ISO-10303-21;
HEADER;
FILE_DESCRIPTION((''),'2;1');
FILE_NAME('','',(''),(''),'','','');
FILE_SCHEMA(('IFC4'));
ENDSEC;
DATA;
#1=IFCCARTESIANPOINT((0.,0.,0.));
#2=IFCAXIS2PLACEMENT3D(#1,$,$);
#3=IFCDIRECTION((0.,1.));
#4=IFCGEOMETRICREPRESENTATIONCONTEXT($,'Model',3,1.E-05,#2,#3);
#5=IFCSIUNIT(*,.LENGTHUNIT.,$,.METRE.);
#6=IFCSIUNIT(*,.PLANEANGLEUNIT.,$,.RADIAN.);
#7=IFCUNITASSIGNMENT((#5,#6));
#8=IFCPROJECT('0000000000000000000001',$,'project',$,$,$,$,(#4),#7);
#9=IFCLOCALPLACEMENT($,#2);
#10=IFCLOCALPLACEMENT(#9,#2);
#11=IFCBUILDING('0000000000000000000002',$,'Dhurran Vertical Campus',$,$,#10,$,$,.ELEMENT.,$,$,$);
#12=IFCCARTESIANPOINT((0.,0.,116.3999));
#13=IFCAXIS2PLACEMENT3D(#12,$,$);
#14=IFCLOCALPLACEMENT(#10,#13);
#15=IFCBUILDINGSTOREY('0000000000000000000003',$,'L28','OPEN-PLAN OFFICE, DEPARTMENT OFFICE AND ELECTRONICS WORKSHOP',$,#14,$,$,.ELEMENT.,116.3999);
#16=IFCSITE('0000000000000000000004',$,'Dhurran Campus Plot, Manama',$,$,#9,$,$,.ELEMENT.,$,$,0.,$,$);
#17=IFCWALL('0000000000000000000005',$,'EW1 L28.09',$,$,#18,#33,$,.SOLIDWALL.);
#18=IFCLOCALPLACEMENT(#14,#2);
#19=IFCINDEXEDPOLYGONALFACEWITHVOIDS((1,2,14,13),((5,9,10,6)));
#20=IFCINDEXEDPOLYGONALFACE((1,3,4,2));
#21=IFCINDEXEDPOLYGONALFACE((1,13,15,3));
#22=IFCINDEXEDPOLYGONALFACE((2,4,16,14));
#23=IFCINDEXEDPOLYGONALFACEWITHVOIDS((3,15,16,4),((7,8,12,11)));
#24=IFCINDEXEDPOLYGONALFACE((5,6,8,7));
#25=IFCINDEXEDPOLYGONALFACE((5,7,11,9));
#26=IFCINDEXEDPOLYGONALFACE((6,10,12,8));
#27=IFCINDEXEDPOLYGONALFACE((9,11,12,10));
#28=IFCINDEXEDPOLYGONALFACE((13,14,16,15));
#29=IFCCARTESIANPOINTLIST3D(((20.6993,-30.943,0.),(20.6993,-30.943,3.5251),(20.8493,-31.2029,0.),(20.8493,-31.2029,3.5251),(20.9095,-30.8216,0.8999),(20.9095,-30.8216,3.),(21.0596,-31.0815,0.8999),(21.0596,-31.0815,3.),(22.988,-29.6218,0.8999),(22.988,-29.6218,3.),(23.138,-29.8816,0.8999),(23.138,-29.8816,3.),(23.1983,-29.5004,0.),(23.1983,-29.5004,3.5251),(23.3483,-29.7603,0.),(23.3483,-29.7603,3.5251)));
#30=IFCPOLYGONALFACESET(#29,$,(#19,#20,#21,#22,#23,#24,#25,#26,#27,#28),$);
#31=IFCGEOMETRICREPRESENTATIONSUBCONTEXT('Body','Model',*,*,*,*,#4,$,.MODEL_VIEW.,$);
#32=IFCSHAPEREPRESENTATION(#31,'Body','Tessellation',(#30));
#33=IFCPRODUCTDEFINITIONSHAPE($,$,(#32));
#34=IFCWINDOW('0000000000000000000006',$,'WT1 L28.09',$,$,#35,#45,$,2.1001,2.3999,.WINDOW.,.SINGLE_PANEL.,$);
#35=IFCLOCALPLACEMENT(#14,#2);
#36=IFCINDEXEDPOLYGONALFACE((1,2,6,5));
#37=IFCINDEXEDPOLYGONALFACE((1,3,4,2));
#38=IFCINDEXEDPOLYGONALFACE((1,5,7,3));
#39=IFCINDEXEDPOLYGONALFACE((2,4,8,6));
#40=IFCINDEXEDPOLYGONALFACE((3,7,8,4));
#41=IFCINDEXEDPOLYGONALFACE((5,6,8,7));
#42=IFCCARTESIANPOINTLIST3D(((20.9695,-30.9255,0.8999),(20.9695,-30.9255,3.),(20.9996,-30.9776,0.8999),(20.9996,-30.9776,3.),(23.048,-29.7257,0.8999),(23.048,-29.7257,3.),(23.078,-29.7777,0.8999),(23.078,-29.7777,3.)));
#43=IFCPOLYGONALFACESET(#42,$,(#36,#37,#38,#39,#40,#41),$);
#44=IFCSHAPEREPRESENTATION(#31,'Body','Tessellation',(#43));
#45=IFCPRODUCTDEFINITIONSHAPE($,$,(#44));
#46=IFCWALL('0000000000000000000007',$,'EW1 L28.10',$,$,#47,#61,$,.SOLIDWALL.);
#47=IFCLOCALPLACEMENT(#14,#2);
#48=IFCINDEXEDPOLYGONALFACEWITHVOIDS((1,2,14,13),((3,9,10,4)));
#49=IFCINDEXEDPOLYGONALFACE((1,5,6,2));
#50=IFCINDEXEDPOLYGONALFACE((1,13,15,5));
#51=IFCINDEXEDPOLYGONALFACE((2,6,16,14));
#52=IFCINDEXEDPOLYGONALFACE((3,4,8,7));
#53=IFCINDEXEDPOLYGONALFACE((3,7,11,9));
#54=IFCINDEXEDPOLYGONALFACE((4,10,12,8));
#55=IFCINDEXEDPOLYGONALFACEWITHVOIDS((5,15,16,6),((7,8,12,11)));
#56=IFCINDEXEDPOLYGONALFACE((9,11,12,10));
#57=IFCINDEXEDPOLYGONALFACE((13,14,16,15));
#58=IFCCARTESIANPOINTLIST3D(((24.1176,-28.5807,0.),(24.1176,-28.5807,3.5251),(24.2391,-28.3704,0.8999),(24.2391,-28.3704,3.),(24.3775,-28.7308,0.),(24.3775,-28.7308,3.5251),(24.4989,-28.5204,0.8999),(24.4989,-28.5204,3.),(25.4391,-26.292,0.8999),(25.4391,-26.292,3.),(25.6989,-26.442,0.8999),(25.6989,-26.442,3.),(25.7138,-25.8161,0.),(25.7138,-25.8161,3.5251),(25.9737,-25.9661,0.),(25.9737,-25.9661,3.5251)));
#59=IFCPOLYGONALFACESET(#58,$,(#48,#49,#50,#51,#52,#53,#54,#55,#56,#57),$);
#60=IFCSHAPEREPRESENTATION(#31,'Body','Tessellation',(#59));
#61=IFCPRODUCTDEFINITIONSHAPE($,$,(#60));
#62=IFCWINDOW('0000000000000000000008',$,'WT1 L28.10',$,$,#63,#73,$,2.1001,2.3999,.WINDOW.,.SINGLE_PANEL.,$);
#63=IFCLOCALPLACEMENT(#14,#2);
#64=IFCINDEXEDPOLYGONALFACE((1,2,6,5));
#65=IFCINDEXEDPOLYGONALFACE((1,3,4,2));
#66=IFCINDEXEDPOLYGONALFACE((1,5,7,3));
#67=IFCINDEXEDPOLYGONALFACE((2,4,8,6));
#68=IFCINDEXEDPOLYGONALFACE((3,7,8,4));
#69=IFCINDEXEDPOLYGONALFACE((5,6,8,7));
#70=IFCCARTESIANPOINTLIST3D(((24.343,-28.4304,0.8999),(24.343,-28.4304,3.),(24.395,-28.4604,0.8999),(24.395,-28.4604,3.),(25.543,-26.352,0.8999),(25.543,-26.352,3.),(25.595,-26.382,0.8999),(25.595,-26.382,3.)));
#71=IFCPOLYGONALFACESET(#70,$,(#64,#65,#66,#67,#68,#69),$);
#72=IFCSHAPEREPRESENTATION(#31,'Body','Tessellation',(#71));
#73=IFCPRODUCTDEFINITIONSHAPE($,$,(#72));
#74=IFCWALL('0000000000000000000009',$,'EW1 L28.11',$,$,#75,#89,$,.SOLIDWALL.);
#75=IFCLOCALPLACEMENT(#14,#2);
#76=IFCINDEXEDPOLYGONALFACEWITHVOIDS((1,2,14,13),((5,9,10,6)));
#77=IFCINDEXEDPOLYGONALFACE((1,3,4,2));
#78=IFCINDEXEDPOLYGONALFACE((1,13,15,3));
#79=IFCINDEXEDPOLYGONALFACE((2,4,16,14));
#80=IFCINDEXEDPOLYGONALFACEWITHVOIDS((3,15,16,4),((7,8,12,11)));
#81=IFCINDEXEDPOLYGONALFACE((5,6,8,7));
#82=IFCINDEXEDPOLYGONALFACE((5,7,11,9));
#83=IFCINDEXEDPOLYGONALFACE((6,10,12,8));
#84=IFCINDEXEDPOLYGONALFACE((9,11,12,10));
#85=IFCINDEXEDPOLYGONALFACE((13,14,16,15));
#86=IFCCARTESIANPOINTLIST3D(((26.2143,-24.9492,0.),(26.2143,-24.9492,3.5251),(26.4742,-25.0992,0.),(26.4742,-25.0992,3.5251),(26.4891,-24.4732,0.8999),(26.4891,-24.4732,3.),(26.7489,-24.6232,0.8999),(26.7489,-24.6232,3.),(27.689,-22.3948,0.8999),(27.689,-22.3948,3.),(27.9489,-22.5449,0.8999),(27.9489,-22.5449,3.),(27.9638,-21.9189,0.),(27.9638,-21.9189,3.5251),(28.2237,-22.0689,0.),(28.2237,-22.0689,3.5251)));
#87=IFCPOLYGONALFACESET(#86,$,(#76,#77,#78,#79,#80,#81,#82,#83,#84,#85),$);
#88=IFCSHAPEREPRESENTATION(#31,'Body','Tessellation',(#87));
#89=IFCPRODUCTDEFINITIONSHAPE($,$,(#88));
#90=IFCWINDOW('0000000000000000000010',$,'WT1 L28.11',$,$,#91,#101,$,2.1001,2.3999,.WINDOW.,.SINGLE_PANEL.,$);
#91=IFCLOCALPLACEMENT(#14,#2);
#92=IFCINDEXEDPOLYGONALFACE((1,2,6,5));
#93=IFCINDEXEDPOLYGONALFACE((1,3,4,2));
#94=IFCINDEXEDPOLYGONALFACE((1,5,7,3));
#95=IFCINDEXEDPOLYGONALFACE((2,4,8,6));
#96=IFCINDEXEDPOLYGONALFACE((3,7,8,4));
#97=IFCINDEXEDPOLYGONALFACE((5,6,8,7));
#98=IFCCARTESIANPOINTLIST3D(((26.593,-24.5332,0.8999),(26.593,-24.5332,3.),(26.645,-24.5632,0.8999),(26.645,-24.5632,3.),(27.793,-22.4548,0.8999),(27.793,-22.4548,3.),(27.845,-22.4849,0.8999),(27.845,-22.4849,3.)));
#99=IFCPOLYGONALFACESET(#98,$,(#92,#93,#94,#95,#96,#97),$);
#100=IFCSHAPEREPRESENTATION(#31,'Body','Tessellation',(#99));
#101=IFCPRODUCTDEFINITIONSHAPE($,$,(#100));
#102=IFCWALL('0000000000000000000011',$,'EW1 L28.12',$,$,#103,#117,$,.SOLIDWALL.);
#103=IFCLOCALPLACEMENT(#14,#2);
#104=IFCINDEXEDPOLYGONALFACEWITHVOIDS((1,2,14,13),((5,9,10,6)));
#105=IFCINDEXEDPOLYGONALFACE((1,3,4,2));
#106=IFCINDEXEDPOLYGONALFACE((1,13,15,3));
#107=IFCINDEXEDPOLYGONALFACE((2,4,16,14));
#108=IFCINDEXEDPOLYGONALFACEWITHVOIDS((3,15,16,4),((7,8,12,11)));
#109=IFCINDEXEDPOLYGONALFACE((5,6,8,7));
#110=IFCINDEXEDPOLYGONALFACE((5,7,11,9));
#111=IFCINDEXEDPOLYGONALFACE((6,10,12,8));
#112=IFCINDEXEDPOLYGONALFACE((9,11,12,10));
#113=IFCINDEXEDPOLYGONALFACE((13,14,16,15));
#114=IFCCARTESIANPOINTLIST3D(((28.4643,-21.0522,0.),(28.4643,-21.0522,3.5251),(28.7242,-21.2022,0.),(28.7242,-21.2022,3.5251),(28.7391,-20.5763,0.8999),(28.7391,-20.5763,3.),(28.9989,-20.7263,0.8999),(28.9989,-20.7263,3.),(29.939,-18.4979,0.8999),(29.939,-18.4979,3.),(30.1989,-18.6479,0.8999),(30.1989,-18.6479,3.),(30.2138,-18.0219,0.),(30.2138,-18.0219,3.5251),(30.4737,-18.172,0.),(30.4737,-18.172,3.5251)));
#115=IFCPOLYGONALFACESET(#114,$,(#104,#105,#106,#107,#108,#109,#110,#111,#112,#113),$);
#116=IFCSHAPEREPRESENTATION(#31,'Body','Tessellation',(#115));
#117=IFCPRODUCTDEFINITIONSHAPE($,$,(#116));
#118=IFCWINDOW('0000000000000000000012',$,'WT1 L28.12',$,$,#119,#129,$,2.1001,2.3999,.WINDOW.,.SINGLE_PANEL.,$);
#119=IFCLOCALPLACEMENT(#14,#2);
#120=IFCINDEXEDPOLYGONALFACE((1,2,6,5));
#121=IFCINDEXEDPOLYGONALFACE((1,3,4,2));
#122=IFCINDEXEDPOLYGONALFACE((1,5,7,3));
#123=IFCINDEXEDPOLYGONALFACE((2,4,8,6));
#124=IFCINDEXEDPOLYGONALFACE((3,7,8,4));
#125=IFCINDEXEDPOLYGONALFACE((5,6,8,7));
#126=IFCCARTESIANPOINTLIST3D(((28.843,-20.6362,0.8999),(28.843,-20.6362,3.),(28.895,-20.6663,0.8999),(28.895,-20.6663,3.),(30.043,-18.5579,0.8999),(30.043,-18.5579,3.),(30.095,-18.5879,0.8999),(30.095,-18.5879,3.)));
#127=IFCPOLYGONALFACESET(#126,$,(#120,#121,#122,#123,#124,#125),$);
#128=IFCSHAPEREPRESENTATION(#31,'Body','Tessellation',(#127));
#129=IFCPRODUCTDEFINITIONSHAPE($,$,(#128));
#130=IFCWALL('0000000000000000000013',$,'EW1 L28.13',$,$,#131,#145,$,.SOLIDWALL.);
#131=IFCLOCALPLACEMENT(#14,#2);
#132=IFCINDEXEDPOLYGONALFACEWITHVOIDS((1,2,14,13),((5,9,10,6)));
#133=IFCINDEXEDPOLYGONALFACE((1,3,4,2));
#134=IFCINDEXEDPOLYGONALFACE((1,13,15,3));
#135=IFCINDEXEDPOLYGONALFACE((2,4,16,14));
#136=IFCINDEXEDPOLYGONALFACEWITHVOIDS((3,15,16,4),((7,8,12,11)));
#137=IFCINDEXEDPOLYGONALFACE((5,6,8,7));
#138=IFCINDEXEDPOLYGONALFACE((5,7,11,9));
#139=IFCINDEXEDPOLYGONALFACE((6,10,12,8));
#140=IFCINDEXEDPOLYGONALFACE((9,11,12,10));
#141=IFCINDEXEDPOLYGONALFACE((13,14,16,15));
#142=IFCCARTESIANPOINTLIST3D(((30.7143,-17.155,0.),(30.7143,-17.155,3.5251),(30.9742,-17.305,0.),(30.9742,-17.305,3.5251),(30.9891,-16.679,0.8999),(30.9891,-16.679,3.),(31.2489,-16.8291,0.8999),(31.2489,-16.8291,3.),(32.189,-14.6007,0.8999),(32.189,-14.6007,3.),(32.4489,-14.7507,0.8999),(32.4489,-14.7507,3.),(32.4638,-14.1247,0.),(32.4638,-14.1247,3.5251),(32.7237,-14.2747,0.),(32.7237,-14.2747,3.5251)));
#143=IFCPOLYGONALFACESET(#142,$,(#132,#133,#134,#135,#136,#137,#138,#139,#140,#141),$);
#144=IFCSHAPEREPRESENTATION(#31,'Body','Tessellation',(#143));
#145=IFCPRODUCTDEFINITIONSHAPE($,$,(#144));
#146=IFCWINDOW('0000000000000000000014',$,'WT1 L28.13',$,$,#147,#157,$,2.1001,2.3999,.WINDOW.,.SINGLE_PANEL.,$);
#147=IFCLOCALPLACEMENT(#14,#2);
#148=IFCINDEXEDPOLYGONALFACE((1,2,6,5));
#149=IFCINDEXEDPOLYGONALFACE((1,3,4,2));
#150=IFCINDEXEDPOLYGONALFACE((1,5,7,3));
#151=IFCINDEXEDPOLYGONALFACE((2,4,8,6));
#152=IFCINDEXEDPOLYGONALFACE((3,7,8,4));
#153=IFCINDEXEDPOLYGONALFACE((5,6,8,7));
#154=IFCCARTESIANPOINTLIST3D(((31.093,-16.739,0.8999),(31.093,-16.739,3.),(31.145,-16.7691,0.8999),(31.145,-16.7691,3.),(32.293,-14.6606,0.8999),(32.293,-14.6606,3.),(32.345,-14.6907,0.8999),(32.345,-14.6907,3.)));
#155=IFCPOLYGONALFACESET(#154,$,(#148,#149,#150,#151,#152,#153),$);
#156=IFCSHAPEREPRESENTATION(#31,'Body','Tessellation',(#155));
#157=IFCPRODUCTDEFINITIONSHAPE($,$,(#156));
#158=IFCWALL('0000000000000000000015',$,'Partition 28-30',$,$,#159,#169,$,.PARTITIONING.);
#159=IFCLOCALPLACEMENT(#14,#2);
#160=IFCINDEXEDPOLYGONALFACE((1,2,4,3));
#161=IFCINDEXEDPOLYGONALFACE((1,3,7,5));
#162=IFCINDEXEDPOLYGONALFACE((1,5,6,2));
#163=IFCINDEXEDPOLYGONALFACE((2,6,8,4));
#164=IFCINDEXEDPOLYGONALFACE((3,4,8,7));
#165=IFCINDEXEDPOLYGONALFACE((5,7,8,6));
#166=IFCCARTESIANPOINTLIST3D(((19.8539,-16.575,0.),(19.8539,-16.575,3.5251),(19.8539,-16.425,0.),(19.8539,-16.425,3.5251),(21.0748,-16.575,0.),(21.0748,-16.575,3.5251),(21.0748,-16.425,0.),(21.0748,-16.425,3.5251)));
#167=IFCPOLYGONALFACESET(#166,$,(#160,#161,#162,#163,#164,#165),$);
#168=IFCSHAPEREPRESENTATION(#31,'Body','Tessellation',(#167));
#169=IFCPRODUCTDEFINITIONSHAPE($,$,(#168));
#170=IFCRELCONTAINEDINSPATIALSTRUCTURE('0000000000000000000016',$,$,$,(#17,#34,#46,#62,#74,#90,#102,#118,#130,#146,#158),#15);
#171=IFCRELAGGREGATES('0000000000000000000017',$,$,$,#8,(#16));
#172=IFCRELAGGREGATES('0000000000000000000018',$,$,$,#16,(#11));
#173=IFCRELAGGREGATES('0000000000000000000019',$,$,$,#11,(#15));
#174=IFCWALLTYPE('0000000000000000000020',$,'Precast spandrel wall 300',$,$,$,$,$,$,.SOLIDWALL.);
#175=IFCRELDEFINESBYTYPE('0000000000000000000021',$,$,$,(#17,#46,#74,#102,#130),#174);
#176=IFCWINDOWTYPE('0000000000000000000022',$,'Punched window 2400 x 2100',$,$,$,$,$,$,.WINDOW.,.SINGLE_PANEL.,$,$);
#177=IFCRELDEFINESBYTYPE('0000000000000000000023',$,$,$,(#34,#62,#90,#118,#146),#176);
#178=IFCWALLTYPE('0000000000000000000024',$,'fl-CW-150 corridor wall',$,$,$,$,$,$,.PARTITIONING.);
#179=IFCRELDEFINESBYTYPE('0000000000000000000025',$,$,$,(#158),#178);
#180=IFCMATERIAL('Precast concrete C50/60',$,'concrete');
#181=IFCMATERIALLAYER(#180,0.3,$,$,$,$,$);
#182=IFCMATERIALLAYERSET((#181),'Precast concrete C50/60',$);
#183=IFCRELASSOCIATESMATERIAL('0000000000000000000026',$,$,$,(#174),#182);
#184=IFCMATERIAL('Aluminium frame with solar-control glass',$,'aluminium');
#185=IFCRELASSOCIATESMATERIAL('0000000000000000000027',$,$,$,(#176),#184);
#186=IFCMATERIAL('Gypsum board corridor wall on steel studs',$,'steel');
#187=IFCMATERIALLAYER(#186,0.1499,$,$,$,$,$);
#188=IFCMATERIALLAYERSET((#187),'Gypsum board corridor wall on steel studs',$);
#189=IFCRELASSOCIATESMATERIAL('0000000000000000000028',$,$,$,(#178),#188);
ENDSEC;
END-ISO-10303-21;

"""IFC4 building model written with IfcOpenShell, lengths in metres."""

from ifc_helpers import new_model, si_unit, direction, frame, frame_2d, origin, place, context, subcontext, project, spatial, rectangle, extrude, material, layer, layer_set, type_object, element, fill, save


model = new_model("IFC4")

# Units and contexts
model_context = context("Model", 3, precision=1e-05, world=origin(), true_north=direction((0.0, 1.0)))
body_context = subcontext(model_context, "Body", "Model", "MODEL_VIEW")
ifc_project = project(units=[si_unit("LENGTHUNIT", "METRE"), si_unit("PLANEANGLEUNIT", "RADIAN")], contexts=[model_context])

# Site, building, storey
site_placement = place(None, origin())
site = spatial("IfcSite", under=ifc_project, at=site_placement, Name="Dhurran Campus Plot, Manama", CompositionType="ELEMENT", RefElevation=0.0)
building_placement = place(site_placement, origin())
building = spatial("IfcBuilding", under=site, at=building_placement, Name="Dhurran Vertical Campus", CompositionType="ELEMENT")
storey_placement = place(building_placement, frame((0.0, 0.0, 116.3999)))
storey = spatial("IfcBuildingStorey", under=building, at=storey_placement, Name="L28", Description="OPEN-PLAN OFFICE, DEPARTMENT OFFICE AND ELECTRONICS WORKSHOP", CompositionType="ELEMENT", Elevation=116.3999)

# Walls, openings, windows
ifc_material_1 = material(Name="Precast concrete C50/60", Category="concrete")
ifc_layer_1 = layer(ifc_material_1, 0.3)
ifc_layer_set_1 = layer_set([ifc_layer_1], Name="Precast concrete C50/60")
wall_type_1 = type_object("IfcWallType", Name="Precast spandrel wall 300", PredefinedType="SOLIDWALL", material=ifc_layer_set_1)
ifc_material_2 = material(Name="Aluminium frame with solar-control glass", Category="aluminium")
window_type = type_object("IfcWindowType", Name="Punched window 2400 x 2100", PartitioningType="SINGLE_PANEL", PredefinedType="WINDOW", material=ifc_material_2)
wall_1_placement = place(storey_placement, frame((20.7742, -31.073, 0.0), z_axis=(0.0, 0.0, 1.0), x_axis=(0.866053, 0.499952, 0.0)))
wall_1 = element("IfcWall", 1, at=wall_1_placement, inside=storey, type_object=wall_type_1, Name="EW1 L28.09", PredefinedType="SOLIDWALL", context=body_context, shape_type="SweptSolid", body=[
    extrude(rectangle(XDim=2.8855, YDim=0.3, at=frame_2d((1.4429, 0.0))), origin(), (0.0, 0.0, 1.0), 3.5251),
])
opening_1_placement = place(wall_1_placement, frame((0.2429, 0.0, 0.8999)))
opening_1 = element("IfcOpeningElement", 2, at=opening_1_placement, cuts=wall_1, PredefinedType="OPENING", context=body_context, shape_type="SweptSolid", body=[
    extrude(rectangle(XDim=2.3999, YDim=2.1001, at=frame_2d((1.2, 1.05))), frame((0.0, 0.1599, 0.0), z_axis=(0.0, -1.0, 0.0), x_axis=(1.0, 0.0, 0.0)), (0.0, 0.0, 1.0), 0.3201),
])
window_1_placement = place(opening_1_placement, origin())
window_1 = element("IfcWindow", 3, at=window_1_placement, inside=storey, type_object=window_type, Name="WT1 L28.09", OverallHeight=2.1001, OverallWidth=2.3999, PartitioningType="SINGLE_PANEL", PredefinedType="WINDOW", context=body_context, shape_type="SweptSolid", body=[
    extrude(rectangle(XDim=2.3999, YDim=2.1001, at=frame_2d((1.2, 1.05))), frame((0.0, 0.03, 0.0), z_axis=(0.0, -1.0, 0.0), x_axis=(1.0, 0.0, 0.0)), (0.0, 0.0, 1.0), 0.0601),
])
fill(opening_1, window_1)
wall_2_placement = place(storey_placement, frame((24.2476, -28.6558, 0.0), z_axis=(0.0, 0.0, 1.0), x_axis=(0.500005, 0.866023, 0.0)))
wall_2 = element("IfcWall", 4, at=wall_2_placement, inside=storey, type_object=wall_type_1, Name="EW1 L28.10", PredefinedType="SOLIDWALL", context=body_context, shape_type="SweptSolid", body=[
    extrude(rectangle(XDim=3.1924, YDim=0.3, at=frame_2d((1.5962, 0.0))), origin(), (0.0, 0.0, 1.0), 3.5251),
])
opening_2_placement = place(wall_2_placement, frame((0.2429, 0.0, 0.8999)))
opening_2 = element("IfcOpeningElement", 5, at=opening_2_placement, cuts=wall_2, PredefinedType="OPENING", context=body_context, shape_type="SweptSolid", body=[
    extrude(rectangle(XDim=2.3999, YDim=2.1001, at=frame_2d((1.2, 1.05))), frame((0.0, 0.1599, 0.0), z_axis=(0.0, -1.0, 0.0), x_axis=(1.0, 0.0, 0.0)), (0.0, 0.0, 1.0), 0.3201),
])
window_2_placement = place(opening_2_placement, origin())
window_2 = element("IfcWindow", 6, at=window_2_placement, inside=storey, type_object=window_type, Name="WT1 L28.10", OverallHeight=2.1001, OverallWidth=2.3999, PartitioningType="SINGLE_PANEL", PredefinedType="WINDOW", context=body_context, shape_type="SweptSolid", body=[
    extrude(rectangle(XDim=2.3999, YDim=2.1001, at=frame_2d((1.2, 1.05))), frame((0.0, 0.03, 0.0), z_axis=(0.0, -1.0, 0.0), x_axis=(1.0, 0.0, 0.0)), (0.0, 0.0, 1.0), 0.0601),
])
fill(opening_2, window_2)
wall_3_placement = place(storey_placement, frame((26.3442, -25.0242, 0.0), z_axis=(0.0, 0.0, 1.0), x_axis=(0.499996, 0.866028, 0.0)))
wall_3 = element("IfcWall", 7, at=wall_3_placement, inside=storey, type_object=wall_type_1, Name="EW1 L28.11", PredefinedType="SOLIDWALL", context=body_context, shape_type="SweptSolid", body=[
    extrude(rectangle(XDim=3.499, YDim=0.3, at=frame_2d((1.7495, 0.0))), origin(), (0.0, 0.0, 1.0), 3.5251),
])
opening_3_placement = place(wall_3_placement, frame((0.5496, 0.0, 0.8999)))
opening_3 = element("IfcOpeningElement", 8, at=opening_3_placement, cuts=wall_3, PredefinedType="OPENING", context=body_context, shape_type="SweptSolid", body=[
    extrude(rectangle(XDim=2.3999, YDim=2.1001, at=frame_2d((1.2, 1.05))), frame((0.0, 0.1599, 0.0), z_axis=(0.0, -1.0, 0.0), x_axis=(1.0, 0.0, 0.0)), (0.0, 0.0, 1.0), 0.3201),
])
window_3_placement = place(opening_3_placement, origin())
window_3 = element("IfcWindow", 9, at=window_3_placement, inside=storey, type_object=window_type, Name="WT1 L28.11", OverallHeight=2.1001, OverallWidth=2.3999, PartitioningType="SINGLE_PANEL", PredefinedType="WINDOW", context=body_context, shape_type="SweptSolid", body=[
    extrude(rectangle(XDim=2.3999, YDim=2.1001, at=frame_2d((1.2, 1.05))), frame((0.0, 0.03, 0.0), z_axis=(0.0, -1.0, 0.0), x_axis=(1.0, 0.0, 0.0)), (0.0, 0.0, 1.0), 0.0601),
])
fill(opening_3, window_3)
wall_4_placement = place(storey_placement, frame((28.5942, -21.1272, 0.0), z_axis=(0.0, 0.0, 1.0), x_axis=(0.499996, 0.866028, 0.0)))
wall_4 = element("IfcWall", 10, at=wall_4_placement, inside=storey, type_object=wall_type_1, Name="EW1 L28.12", PredefinedType="SOLIDWALL", context=body_context, shape_type="SweptSolid", body=[
    extrude(rectangle(XDim=3.499, YDim=0.3, at=frame_2d((1.7495, 0.0))), origin(), (0.0, 0.0, 1.0), 3.5251),
])
opening_4_placement = place(wall_4_placement, frame((0.5496, 0.0, 0.8999)))
opening_4 = element("IfcOpeningElement", 11, at=opening_4_placement, cuts=wall_4, PredefinedType="OPENING", context=body_context, shape_type="SweptSolid", body=[
    extrude(rectangle(XDim=2.3999, YDim=2.1001, at=frame_2d((1.2, 1.05))), frame((0.0, 0.1599, 0.0), z_axis=(0.0, -1.0, 0.0), x_axis=(1.0, 0.0, 0.0)), (0.0, 0.0, 1.0), 0.3201),
])
window_4_placement = place(opening_4_placement, origin())
window_4 = element("IfcWindow", 12, at=window_4_placement, inside=storey, type_object=window_type, Name="WT1 L28.12", OverallHeight=2.1001, OverallWidth=2.3999, PartitioningType="SINGLE_PANEL", PredefinedType="WINDOW", context=body_context, shape_type="SweptSolid", body=[
    extrude(rectangle(XDim=2.3999, YDim=2.1001, at=frame_2d((1.2, 1.05))), frame((0.0, 0.03, 0.0), z_axis=(0.0, -1.0, 0.0), x_axis=(1.0, 0.0, 0.0)), (0.0, 0.0, 1.0), 0.0601),
])
fill(opening_4, window_4)
wall_5_placement = place(storey_placement, frame((30.8442, -17.23, 0.0), z_axis=(0.0, 0.0, 1.0), x_axis=(0.499996, 0.866028, 0.0)))
wall_5 = element("IfcWall", 13, at=wall_5_placement, inside=storey, type_object=wall_type_1, Name="EW1 L28.13", PredefinedType="SOLIDWALL", context=body_context, shape_type="SweptSolid", body=[
    extrude(rectangle(XDim=3.499, YDim=0.3, at=frame_2d((1.7495, 0.0))), origin(), (0.0, 0.0, 1.0), 3.5251),
])
opening_5_placement = place(wall_5_placement, frame((0.5496, 0.0, 0.8999)))
opening_5 = element("IfcOpeningElement", 14, at=opening_5_placement, cuts=wall_5, PredefinedType="OPENING", context=body_context, shape_type="SweptSolid", body=[
    extrude(rectangle(XDim=2.3999, YDim=2.1001, at=frame_2d((1.2, 1.05))), frame((0.0, 0.1599, 0.0), z_axis=(0.0, -1.0, 0.0), x_axis=(1.0, 0.0, 0.0)), (0.0, 0.0, 1.0), 0.3201),
])
window_5_placement = place(opening_5_placement, origin())
window_5 = element("IfcWindow", 15, at=window_5_placement, inside=storey, type_object=window_type, Name="WT1 L28.13", OverallHeight=2.1001, OverallWidth=2.3999, PartitioningType="SINGLE_PANEL", PredefinedType="WINDOW", context=body_context, shape_type="SweptSolid", body=[
    extrude(rectangle(XDim=2.3999, YDim=2.1001, at=frame_2d((1.2, 1.05))), frame((0.0, 0.03, 0.0), z_axis=(0.0, -1.0, 0.0), x_axis=(1.0, 0.0, 0.0)), (0.0, 0.0, 1.0), 0.0601),
])
fill(opening_5, window_5)

# Wall
ifc_material_3 = material(Name="Gypsum board corridor wall on steel studs", Category="steel")
ifc_layer_2 = layer(ifc_material_3, 0.1499)
ifc_layer_set_2 = layer_set([ifc_layer_2], Name="Gypsum board corridor wall on steel studs")
wall_type_2 = type_object("IfcWallType", Name="fl-CW-150 corridor wall", PredefinedType="PARTITIONING", material=ifc_layer_set_2)
wall_6_placement = place(storey_placement, frame((19.854, -16.5, 0.0), z_axis=(0.0, 0.0, 1.0), x_axis=(1.0, 0.0, 0.0)))
element("IfcWall", 16, at=wall_6_placement, inside=storey, type_object=wall_type_2, Name="Partition 28-30", PredefinedType="PARTITIONING", context=body_context, shape_type="SweptSolid", body=[
    extrude(rectangle(XDim=1.2209, YDim=0.1499, at=frame_2d((0.6104, 0.0))), origin(), (0.0, 0.0, 1.0), 3.5251),
])

save(model, "model.ifc")
